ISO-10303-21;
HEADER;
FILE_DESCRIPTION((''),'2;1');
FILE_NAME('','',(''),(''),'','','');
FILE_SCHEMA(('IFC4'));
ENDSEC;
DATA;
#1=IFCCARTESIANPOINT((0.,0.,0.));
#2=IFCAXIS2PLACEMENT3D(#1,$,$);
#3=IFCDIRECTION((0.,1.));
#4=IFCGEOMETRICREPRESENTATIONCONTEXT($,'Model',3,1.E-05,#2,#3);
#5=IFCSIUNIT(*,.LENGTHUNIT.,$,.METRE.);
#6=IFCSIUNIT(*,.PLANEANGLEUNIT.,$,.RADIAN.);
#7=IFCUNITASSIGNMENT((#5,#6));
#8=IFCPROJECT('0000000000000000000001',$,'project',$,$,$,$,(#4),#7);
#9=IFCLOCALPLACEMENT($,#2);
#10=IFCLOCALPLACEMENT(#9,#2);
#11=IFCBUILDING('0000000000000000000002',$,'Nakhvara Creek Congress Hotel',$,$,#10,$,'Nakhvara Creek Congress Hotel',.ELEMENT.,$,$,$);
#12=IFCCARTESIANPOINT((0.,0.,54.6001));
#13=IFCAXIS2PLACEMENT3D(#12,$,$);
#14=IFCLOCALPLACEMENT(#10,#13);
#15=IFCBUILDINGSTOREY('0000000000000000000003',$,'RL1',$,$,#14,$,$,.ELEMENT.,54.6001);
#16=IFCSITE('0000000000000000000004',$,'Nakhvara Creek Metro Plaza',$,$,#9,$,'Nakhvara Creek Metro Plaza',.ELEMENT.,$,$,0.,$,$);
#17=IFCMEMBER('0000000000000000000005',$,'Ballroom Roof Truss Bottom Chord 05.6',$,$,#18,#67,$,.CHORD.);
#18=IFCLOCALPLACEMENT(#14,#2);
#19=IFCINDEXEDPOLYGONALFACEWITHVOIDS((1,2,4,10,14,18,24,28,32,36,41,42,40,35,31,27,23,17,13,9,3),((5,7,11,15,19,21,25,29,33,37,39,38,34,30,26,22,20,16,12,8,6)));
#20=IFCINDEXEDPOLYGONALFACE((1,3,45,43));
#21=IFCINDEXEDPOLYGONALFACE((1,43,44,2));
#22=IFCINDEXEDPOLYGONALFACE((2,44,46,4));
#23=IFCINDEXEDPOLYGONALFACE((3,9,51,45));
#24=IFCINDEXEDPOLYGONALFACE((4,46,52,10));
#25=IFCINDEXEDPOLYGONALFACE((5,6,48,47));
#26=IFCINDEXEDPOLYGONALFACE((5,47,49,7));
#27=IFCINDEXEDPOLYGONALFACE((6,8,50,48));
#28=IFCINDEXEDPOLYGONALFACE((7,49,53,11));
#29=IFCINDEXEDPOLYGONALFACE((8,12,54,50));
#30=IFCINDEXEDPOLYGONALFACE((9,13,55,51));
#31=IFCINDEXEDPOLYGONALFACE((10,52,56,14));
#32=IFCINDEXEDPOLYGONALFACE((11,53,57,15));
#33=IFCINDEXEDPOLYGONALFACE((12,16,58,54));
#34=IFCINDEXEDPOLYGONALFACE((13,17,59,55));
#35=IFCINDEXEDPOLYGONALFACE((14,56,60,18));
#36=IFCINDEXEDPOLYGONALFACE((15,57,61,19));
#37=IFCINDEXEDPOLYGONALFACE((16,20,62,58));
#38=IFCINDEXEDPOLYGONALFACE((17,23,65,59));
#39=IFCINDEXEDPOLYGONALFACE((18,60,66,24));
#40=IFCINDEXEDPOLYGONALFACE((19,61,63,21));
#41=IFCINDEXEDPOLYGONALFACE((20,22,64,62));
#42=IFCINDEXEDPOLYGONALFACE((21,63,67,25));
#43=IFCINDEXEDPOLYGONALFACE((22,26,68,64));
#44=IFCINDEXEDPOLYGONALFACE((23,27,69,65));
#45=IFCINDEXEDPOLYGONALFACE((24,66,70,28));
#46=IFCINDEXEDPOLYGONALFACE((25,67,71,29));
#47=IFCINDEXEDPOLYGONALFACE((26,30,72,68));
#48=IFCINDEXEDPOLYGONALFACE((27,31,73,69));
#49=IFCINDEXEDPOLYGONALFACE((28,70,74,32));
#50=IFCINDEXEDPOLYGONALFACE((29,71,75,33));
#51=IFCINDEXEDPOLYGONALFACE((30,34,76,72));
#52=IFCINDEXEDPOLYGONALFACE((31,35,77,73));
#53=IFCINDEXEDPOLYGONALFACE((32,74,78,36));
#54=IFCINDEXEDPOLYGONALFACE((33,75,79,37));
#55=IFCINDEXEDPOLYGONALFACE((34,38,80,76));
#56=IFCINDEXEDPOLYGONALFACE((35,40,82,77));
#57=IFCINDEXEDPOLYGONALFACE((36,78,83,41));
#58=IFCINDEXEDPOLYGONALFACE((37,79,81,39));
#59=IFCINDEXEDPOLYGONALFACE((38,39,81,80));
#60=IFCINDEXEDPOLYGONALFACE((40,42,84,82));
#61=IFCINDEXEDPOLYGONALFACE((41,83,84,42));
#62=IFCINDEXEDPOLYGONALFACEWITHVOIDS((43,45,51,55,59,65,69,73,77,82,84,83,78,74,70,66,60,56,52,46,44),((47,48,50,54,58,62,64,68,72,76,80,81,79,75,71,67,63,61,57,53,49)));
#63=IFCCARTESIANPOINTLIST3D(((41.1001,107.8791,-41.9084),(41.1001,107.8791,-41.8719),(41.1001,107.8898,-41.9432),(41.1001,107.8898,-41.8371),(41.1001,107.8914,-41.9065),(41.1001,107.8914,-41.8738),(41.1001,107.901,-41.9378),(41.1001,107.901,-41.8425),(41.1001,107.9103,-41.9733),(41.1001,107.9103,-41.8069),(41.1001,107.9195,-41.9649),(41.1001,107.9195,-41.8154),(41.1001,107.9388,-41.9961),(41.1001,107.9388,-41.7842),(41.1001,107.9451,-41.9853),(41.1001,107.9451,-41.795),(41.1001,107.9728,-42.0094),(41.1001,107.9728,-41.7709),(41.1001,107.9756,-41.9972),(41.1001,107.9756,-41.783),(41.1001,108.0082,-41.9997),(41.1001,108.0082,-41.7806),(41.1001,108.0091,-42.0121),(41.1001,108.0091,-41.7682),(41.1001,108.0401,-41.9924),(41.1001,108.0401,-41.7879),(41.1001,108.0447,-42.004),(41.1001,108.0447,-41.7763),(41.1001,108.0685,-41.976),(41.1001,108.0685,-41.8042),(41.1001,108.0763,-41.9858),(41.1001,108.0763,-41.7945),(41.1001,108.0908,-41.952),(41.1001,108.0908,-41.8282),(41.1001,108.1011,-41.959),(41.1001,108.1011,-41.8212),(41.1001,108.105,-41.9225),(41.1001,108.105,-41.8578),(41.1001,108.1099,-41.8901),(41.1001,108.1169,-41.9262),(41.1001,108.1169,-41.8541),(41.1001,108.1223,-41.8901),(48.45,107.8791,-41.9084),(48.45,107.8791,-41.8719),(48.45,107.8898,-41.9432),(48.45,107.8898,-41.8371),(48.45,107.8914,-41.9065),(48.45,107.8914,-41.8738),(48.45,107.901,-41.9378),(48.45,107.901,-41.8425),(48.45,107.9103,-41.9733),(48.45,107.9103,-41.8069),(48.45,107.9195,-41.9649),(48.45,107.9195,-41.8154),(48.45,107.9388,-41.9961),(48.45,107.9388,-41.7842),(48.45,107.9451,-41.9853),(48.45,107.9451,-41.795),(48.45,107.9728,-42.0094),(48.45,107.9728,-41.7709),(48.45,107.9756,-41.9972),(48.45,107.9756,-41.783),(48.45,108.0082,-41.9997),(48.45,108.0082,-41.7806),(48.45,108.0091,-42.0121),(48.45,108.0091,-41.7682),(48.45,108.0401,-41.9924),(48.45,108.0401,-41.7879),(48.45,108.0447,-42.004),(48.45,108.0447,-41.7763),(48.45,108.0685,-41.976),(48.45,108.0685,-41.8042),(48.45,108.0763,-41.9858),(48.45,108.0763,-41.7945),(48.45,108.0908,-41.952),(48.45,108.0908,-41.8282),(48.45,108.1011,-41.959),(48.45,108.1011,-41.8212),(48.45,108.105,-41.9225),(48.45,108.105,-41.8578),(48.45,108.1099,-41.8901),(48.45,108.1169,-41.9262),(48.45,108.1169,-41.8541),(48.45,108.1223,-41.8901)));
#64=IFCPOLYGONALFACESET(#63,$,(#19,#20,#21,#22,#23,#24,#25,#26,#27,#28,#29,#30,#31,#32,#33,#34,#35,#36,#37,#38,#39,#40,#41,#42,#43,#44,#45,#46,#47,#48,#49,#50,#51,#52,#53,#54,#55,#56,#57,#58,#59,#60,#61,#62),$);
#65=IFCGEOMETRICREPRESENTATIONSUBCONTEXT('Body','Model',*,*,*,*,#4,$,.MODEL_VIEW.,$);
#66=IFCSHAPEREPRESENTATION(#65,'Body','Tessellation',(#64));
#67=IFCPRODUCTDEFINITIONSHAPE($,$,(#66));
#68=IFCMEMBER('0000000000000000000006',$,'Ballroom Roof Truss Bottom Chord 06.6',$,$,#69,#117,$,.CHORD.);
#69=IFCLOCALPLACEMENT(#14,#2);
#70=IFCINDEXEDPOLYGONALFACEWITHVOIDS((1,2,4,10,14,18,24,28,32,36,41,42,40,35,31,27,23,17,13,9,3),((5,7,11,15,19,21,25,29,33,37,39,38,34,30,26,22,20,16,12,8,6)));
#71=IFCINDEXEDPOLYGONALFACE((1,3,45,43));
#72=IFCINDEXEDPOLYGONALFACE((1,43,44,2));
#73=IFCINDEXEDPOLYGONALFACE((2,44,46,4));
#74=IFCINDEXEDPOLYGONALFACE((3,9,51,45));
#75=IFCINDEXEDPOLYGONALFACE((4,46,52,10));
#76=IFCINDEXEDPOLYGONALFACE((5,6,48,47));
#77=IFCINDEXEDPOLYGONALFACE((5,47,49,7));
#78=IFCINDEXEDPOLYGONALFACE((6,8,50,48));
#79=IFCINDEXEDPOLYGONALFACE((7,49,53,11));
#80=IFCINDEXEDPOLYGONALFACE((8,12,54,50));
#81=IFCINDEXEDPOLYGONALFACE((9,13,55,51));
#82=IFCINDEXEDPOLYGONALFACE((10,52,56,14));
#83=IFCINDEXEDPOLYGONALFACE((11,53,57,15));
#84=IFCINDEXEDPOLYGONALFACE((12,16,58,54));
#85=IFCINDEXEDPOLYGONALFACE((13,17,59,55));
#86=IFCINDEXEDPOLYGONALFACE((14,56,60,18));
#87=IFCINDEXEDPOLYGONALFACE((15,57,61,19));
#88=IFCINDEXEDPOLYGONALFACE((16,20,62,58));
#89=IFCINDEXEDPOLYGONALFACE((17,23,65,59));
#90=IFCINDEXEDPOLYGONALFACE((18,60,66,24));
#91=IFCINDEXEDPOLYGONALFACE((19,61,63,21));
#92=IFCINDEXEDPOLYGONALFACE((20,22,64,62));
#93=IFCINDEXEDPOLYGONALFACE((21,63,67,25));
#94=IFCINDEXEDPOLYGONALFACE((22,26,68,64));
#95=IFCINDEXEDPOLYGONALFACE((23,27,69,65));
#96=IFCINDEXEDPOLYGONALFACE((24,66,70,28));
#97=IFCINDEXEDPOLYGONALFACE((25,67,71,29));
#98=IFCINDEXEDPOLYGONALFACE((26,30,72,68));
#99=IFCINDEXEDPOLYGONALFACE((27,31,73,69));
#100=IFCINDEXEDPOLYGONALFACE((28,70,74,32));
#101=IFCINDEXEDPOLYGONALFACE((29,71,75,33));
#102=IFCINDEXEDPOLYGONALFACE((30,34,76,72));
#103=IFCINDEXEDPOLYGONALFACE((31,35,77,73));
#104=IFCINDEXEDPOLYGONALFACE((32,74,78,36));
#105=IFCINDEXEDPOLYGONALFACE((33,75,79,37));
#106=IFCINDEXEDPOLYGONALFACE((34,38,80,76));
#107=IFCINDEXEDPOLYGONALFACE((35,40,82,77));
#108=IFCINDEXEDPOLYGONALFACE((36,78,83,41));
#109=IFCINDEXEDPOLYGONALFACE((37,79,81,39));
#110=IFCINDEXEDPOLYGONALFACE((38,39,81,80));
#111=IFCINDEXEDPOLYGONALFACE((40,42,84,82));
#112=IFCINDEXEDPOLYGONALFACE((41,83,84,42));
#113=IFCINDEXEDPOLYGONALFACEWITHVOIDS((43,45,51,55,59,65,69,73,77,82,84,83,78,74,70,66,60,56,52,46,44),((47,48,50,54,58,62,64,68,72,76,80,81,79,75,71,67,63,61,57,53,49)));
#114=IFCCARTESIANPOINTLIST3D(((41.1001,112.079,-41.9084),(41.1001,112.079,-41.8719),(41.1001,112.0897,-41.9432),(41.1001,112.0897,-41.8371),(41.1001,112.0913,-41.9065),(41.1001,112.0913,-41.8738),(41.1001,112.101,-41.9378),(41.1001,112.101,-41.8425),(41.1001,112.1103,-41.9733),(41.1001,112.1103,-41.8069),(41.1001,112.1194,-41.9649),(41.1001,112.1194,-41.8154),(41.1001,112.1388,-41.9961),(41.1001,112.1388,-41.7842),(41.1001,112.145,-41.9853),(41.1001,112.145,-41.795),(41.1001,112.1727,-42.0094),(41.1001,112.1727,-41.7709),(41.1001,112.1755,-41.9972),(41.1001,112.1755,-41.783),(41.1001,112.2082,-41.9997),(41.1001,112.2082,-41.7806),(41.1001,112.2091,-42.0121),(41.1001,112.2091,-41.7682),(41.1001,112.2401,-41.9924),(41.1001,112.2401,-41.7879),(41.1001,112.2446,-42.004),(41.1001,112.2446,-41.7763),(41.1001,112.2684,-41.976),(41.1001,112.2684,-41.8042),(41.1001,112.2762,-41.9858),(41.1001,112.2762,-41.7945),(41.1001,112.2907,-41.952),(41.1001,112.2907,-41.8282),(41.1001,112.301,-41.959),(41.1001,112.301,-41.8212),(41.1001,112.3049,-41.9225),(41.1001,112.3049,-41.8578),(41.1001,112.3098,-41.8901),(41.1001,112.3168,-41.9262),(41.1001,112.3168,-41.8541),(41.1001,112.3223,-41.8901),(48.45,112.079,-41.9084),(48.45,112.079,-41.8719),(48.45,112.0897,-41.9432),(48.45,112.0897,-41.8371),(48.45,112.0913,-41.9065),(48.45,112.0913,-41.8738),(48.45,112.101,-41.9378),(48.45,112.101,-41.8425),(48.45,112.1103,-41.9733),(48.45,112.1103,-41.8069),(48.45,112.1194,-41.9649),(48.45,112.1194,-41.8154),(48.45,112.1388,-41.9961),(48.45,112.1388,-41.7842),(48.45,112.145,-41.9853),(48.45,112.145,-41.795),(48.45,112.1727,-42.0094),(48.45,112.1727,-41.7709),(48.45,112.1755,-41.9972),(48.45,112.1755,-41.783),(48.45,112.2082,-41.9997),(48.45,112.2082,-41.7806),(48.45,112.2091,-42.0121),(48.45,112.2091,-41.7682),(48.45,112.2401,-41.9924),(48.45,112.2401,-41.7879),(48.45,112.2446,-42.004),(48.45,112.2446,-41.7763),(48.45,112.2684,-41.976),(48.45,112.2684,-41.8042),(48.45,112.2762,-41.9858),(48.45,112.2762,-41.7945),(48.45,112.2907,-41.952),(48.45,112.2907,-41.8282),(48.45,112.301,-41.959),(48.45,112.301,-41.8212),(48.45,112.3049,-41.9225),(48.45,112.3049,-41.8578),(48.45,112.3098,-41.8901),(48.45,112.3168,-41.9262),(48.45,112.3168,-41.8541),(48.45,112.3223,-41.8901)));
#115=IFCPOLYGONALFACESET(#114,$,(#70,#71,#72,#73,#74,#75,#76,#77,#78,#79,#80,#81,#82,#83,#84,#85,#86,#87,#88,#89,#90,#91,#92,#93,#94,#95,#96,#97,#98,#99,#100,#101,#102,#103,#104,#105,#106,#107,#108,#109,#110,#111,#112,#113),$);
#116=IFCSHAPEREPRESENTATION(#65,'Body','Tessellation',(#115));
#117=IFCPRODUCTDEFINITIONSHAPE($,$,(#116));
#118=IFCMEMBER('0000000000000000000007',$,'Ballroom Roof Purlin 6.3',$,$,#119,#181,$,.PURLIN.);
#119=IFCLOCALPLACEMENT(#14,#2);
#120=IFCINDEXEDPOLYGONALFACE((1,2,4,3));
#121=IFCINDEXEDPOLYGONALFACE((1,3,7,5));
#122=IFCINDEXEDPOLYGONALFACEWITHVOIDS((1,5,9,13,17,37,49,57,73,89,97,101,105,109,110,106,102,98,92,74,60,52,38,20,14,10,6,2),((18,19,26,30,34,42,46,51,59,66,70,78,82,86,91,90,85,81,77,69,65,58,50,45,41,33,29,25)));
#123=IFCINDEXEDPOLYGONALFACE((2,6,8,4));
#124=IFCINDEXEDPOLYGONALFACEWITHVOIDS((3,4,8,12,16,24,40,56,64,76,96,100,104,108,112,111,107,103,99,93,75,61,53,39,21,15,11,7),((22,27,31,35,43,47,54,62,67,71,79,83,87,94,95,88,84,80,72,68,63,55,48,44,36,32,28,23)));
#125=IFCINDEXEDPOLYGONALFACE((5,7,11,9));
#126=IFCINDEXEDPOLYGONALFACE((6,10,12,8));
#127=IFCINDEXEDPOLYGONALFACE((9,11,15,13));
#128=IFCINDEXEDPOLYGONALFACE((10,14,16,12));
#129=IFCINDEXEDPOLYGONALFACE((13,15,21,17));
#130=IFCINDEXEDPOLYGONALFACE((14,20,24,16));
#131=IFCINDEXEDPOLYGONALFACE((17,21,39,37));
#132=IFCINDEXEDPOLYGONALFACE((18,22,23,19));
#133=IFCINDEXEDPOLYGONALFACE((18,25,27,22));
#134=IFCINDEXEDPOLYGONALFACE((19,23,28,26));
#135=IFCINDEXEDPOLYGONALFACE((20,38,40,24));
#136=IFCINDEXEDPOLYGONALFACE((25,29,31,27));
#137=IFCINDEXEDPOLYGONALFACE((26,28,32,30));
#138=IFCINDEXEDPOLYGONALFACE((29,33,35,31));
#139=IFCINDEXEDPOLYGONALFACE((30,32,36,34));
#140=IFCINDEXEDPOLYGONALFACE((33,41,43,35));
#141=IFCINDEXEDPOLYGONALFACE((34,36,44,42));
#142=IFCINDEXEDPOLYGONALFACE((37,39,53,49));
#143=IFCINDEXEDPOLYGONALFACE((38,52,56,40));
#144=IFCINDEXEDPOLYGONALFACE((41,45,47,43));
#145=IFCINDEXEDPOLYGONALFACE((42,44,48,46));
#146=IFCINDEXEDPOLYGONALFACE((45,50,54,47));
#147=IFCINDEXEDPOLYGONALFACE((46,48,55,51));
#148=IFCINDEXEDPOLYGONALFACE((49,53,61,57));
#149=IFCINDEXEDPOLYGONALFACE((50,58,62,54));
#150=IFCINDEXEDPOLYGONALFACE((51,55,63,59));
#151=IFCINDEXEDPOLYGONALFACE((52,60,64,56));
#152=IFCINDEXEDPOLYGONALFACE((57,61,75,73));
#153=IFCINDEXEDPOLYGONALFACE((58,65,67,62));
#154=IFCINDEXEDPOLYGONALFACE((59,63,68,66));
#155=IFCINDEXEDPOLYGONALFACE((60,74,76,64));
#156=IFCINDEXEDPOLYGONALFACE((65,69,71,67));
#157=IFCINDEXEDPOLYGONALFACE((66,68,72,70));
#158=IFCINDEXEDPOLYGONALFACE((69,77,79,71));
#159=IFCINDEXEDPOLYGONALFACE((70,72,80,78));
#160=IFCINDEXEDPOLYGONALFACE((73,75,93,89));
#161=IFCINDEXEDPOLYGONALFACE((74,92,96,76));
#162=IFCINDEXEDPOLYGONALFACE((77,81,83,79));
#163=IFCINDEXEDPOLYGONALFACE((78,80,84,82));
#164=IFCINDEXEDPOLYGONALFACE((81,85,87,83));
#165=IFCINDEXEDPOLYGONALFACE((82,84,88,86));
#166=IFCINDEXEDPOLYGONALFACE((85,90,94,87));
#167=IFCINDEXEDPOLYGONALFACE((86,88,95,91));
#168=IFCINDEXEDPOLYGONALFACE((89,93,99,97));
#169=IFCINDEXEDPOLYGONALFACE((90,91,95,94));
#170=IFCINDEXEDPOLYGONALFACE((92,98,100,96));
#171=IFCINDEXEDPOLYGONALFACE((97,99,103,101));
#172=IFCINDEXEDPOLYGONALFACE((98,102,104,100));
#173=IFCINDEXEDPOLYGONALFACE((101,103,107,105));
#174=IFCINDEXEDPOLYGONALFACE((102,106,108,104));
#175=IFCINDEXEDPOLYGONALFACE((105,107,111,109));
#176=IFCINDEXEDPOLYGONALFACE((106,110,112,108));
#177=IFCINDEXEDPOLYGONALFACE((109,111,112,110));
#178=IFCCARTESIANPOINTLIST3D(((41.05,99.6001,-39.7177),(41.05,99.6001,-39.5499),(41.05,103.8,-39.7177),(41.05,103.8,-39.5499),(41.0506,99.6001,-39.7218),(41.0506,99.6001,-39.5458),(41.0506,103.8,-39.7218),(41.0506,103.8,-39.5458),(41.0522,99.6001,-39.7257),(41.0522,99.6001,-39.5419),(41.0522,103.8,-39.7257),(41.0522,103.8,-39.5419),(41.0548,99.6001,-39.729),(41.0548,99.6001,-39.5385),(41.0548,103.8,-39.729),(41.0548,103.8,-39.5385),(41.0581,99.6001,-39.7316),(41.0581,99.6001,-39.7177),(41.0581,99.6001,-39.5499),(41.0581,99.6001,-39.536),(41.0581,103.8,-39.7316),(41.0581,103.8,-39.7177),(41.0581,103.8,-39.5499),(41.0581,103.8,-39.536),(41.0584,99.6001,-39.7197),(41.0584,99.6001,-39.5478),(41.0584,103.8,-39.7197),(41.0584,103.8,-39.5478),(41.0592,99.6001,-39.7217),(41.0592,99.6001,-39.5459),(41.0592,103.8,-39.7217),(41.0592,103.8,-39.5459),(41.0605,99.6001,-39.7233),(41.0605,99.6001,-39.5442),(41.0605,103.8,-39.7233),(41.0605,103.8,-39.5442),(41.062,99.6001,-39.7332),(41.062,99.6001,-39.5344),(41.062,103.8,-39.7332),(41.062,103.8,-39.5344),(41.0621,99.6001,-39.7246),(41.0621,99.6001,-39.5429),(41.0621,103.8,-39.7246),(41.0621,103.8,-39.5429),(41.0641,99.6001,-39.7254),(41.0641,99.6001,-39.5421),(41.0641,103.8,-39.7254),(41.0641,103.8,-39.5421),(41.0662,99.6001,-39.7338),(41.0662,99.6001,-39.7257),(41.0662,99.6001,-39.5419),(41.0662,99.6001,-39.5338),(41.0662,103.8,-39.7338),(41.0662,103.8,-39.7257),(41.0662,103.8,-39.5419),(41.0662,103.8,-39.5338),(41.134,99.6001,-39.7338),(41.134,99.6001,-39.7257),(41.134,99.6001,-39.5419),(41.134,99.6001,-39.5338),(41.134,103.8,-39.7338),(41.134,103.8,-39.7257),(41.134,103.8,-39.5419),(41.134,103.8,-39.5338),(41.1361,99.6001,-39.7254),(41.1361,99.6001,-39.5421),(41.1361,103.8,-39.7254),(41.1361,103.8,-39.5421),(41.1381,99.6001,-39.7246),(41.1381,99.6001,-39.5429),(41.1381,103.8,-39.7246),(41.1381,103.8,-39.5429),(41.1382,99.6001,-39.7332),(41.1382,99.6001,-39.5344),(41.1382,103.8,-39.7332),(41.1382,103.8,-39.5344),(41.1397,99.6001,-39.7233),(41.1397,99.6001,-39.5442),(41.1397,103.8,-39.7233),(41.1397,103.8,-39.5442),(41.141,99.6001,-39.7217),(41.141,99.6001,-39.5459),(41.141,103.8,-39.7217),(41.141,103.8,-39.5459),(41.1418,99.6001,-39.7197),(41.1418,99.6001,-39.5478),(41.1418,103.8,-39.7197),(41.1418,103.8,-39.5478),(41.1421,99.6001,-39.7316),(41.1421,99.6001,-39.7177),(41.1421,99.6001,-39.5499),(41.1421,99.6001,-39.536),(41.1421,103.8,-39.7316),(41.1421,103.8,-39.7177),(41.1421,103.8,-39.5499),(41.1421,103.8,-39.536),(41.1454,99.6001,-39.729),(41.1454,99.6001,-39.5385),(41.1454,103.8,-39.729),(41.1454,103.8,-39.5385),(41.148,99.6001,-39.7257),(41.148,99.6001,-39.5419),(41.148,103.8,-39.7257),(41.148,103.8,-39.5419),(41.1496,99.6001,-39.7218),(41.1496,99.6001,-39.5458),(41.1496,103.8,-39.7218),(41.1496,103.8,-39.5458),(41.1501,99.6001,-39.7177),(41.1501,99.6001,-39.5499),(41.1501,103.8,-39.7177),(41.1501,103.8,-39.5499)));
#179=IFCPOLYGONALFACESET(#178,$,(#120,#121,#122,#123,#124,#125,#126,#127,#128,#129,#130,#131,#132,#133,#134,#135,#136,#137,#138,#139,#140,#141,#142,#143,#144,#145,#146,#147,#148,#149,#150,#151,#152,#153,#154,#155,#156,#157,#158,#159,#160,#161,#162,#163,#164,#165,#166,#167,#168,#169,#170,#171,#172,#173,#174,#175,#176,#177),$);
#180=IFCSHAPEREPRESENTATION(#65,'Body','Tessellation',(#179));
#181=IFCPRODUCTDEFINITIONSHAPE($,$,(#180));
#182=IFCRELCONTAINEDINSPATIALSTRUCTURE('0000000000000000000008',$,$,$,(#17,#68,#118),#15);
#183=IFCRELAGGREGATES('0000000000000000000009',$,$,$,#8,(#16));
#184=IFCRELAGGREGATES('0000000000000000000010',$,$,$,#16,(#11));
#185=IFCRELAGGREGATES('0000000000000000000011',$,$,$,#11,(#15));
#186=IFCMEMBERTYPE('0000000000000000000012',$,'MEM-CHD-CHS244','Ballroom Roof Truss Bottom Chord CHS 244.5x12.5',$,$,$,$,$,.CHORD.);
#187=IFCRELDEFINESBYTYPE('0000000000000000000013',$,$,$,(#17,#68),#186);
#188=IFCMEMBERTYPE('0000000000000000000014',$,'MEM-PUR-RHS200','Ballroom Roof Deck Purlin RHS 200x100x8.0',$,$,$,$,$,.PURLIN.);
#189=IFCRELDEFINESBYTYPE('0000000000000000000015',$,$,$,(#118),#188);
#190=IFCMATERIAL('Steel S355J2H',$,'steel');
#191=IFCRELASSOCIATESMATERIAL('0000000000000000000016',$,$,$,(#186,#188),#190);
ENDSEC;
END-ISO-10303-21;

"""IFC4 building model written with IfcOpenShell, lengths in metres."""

from ifc_helpers import new_model, si_unit, direction, frame, origin, origin_2d, place, context, subcontext, project, spatial, hollow_rectangle, hollow_circle, extrude, material, material_profile, profile_set, type_object, element, save


model = new_model("IFC4")

# Units and contexts
model_context = context("Model", 3, precision=1e-05, world=origin(), true_north=direction((0.0, 1.0)))
body_context = subcontext(model_context, "Body", "Model", "MODEL_VIEW")
ifc_project = project(units=[si_unit("LENGTHUNIT", "METRE"), si_unit("PLANEANGLEUNIT", "RADIAN")], contexts=[model_context])

# Site, building, storey
site_placement = place(None, origin())
site = spatial("IfcSite", under=ifc_project, at=site_placement, Name="Nakhvara Creek Metro Plaza", LongName="Nakhvara Creek Metro Plaza", CompositionType="ELEMENT", RefElevation=0.0)
building_placement = place(site_placement, origin())
building = spatial("IfcBuilding", under=site, at=building_placement, Name="Nakhvara Creek Congress Hotel", LongName="Nakhvara Creek Congress Hotel", CompositionType="ELEMENT")
storey_placement = place(building_placement, frame((0.0, 0.0, 54.6001)))
storey = spatial("IfcBuildingStorey", under=building, at=storey_placement, Name="RL1", CompositionType="ELEMENT", Elevation=54.6001)

# Members
ifc_material_1 = material(Name="Steel S355J2H", Category="steel")
ifc_material_profile_1 = material_profile(ifc_material_1, hollow_circle(Radius=0.1223, WallThickness=0.0125, at=origin_2d()), Name="CHS 244.5x12.5", Category="LoadBearing")
ifc_profile_set_1 = profile_set([ifc_material_profile_1], Name="Steel S355J2H")
member_type_1 = type_object("IfcMemberType", Name="MEM-CHD-CHS244", Description="Ballroom Roof Truss Bottom Chord CHS 244.5x12.5", PredefinedType="CHORD", material=ifc_profile_set_1)
for number, where, z_axis, x_axis, name in (
    (1, (41.1001, 108.0, -41.8901), (1.0, 0.0, 0.0), (0.0, 1.0, 0.0), "Ballroom Roof Truss Bottom Chord 05.6"),
    (2, (41.1001, 112.2, -41.8901), (1.0, 0.0, 0.0), (0.0, 1.0, 0.0), "Ballroom Roof Truss Bottom Chord 06.6"),
):
    element("IfcMember", number, at=place(storey_placement, frame(where, z_axis=z_axis, x_axis=x_axis)), inside=storey, type_object=member_type_1, Name=name, PredefinedType="CHORD", context=body_context, shape_type="SweptSolid", body=[
        extrude(hollow_circle(Radius=0.1223, WallThickness=0.0125, at=origin_2d()), origin(), (0.0, 0.0, 1.0), 7.3499),
    ])
ifc_material_profile_2 = material_profile(ifc_material_1, hollow_rectangle(XDim=0.1001, YDim=0.2, WallThickness=0.0081, InnerFilletRadius=0.0081, OuterFilletRadius=0.0161, at=origin_2d()), Name="RHS 200x100x8.0", Category="LoadBearing")
ifc_profile_set_2 = profile_set([ifc_material_profile_2], Name="Steel S355J2H")
member_type_2 = type_object("IfcMemberType", Name="MEM-PUR-RHS200", Description="Ballroom Roof Deck Purlin RHS 200x100x8.0", PredefinedType="PURLIN", material=ifc_profile_set_2)
for number, where, z_axis, x_axis, name in (
    (3, (41.1001, 99.6001, -39.6338), (0.0, 1.0, 0.0), (-1.0, 0.0, 0.0), "Ballroom Roof Purlin 6.3"),
):
    element("IfcMember", number, at=place(storey_placement, frame(where, z_axis=z_axis, x_axis=x_axis)), inside=storey, type_object=member_type_2, Name=name, PredefinedType="PURLIN", context=body_context, shape_type="SweptSolid", body=[
        extrude(hollow_rectangle(XDim=0.1001, YDim=0.2, WallThickness=0.0081, InnerFilletRadius=0.0081, OuterFilletRadius=0.0161, at=origin_2d()), origin(), (0.0, 0.0, 1.0), 4.2),
    ])

save(model, "model.ifc")
